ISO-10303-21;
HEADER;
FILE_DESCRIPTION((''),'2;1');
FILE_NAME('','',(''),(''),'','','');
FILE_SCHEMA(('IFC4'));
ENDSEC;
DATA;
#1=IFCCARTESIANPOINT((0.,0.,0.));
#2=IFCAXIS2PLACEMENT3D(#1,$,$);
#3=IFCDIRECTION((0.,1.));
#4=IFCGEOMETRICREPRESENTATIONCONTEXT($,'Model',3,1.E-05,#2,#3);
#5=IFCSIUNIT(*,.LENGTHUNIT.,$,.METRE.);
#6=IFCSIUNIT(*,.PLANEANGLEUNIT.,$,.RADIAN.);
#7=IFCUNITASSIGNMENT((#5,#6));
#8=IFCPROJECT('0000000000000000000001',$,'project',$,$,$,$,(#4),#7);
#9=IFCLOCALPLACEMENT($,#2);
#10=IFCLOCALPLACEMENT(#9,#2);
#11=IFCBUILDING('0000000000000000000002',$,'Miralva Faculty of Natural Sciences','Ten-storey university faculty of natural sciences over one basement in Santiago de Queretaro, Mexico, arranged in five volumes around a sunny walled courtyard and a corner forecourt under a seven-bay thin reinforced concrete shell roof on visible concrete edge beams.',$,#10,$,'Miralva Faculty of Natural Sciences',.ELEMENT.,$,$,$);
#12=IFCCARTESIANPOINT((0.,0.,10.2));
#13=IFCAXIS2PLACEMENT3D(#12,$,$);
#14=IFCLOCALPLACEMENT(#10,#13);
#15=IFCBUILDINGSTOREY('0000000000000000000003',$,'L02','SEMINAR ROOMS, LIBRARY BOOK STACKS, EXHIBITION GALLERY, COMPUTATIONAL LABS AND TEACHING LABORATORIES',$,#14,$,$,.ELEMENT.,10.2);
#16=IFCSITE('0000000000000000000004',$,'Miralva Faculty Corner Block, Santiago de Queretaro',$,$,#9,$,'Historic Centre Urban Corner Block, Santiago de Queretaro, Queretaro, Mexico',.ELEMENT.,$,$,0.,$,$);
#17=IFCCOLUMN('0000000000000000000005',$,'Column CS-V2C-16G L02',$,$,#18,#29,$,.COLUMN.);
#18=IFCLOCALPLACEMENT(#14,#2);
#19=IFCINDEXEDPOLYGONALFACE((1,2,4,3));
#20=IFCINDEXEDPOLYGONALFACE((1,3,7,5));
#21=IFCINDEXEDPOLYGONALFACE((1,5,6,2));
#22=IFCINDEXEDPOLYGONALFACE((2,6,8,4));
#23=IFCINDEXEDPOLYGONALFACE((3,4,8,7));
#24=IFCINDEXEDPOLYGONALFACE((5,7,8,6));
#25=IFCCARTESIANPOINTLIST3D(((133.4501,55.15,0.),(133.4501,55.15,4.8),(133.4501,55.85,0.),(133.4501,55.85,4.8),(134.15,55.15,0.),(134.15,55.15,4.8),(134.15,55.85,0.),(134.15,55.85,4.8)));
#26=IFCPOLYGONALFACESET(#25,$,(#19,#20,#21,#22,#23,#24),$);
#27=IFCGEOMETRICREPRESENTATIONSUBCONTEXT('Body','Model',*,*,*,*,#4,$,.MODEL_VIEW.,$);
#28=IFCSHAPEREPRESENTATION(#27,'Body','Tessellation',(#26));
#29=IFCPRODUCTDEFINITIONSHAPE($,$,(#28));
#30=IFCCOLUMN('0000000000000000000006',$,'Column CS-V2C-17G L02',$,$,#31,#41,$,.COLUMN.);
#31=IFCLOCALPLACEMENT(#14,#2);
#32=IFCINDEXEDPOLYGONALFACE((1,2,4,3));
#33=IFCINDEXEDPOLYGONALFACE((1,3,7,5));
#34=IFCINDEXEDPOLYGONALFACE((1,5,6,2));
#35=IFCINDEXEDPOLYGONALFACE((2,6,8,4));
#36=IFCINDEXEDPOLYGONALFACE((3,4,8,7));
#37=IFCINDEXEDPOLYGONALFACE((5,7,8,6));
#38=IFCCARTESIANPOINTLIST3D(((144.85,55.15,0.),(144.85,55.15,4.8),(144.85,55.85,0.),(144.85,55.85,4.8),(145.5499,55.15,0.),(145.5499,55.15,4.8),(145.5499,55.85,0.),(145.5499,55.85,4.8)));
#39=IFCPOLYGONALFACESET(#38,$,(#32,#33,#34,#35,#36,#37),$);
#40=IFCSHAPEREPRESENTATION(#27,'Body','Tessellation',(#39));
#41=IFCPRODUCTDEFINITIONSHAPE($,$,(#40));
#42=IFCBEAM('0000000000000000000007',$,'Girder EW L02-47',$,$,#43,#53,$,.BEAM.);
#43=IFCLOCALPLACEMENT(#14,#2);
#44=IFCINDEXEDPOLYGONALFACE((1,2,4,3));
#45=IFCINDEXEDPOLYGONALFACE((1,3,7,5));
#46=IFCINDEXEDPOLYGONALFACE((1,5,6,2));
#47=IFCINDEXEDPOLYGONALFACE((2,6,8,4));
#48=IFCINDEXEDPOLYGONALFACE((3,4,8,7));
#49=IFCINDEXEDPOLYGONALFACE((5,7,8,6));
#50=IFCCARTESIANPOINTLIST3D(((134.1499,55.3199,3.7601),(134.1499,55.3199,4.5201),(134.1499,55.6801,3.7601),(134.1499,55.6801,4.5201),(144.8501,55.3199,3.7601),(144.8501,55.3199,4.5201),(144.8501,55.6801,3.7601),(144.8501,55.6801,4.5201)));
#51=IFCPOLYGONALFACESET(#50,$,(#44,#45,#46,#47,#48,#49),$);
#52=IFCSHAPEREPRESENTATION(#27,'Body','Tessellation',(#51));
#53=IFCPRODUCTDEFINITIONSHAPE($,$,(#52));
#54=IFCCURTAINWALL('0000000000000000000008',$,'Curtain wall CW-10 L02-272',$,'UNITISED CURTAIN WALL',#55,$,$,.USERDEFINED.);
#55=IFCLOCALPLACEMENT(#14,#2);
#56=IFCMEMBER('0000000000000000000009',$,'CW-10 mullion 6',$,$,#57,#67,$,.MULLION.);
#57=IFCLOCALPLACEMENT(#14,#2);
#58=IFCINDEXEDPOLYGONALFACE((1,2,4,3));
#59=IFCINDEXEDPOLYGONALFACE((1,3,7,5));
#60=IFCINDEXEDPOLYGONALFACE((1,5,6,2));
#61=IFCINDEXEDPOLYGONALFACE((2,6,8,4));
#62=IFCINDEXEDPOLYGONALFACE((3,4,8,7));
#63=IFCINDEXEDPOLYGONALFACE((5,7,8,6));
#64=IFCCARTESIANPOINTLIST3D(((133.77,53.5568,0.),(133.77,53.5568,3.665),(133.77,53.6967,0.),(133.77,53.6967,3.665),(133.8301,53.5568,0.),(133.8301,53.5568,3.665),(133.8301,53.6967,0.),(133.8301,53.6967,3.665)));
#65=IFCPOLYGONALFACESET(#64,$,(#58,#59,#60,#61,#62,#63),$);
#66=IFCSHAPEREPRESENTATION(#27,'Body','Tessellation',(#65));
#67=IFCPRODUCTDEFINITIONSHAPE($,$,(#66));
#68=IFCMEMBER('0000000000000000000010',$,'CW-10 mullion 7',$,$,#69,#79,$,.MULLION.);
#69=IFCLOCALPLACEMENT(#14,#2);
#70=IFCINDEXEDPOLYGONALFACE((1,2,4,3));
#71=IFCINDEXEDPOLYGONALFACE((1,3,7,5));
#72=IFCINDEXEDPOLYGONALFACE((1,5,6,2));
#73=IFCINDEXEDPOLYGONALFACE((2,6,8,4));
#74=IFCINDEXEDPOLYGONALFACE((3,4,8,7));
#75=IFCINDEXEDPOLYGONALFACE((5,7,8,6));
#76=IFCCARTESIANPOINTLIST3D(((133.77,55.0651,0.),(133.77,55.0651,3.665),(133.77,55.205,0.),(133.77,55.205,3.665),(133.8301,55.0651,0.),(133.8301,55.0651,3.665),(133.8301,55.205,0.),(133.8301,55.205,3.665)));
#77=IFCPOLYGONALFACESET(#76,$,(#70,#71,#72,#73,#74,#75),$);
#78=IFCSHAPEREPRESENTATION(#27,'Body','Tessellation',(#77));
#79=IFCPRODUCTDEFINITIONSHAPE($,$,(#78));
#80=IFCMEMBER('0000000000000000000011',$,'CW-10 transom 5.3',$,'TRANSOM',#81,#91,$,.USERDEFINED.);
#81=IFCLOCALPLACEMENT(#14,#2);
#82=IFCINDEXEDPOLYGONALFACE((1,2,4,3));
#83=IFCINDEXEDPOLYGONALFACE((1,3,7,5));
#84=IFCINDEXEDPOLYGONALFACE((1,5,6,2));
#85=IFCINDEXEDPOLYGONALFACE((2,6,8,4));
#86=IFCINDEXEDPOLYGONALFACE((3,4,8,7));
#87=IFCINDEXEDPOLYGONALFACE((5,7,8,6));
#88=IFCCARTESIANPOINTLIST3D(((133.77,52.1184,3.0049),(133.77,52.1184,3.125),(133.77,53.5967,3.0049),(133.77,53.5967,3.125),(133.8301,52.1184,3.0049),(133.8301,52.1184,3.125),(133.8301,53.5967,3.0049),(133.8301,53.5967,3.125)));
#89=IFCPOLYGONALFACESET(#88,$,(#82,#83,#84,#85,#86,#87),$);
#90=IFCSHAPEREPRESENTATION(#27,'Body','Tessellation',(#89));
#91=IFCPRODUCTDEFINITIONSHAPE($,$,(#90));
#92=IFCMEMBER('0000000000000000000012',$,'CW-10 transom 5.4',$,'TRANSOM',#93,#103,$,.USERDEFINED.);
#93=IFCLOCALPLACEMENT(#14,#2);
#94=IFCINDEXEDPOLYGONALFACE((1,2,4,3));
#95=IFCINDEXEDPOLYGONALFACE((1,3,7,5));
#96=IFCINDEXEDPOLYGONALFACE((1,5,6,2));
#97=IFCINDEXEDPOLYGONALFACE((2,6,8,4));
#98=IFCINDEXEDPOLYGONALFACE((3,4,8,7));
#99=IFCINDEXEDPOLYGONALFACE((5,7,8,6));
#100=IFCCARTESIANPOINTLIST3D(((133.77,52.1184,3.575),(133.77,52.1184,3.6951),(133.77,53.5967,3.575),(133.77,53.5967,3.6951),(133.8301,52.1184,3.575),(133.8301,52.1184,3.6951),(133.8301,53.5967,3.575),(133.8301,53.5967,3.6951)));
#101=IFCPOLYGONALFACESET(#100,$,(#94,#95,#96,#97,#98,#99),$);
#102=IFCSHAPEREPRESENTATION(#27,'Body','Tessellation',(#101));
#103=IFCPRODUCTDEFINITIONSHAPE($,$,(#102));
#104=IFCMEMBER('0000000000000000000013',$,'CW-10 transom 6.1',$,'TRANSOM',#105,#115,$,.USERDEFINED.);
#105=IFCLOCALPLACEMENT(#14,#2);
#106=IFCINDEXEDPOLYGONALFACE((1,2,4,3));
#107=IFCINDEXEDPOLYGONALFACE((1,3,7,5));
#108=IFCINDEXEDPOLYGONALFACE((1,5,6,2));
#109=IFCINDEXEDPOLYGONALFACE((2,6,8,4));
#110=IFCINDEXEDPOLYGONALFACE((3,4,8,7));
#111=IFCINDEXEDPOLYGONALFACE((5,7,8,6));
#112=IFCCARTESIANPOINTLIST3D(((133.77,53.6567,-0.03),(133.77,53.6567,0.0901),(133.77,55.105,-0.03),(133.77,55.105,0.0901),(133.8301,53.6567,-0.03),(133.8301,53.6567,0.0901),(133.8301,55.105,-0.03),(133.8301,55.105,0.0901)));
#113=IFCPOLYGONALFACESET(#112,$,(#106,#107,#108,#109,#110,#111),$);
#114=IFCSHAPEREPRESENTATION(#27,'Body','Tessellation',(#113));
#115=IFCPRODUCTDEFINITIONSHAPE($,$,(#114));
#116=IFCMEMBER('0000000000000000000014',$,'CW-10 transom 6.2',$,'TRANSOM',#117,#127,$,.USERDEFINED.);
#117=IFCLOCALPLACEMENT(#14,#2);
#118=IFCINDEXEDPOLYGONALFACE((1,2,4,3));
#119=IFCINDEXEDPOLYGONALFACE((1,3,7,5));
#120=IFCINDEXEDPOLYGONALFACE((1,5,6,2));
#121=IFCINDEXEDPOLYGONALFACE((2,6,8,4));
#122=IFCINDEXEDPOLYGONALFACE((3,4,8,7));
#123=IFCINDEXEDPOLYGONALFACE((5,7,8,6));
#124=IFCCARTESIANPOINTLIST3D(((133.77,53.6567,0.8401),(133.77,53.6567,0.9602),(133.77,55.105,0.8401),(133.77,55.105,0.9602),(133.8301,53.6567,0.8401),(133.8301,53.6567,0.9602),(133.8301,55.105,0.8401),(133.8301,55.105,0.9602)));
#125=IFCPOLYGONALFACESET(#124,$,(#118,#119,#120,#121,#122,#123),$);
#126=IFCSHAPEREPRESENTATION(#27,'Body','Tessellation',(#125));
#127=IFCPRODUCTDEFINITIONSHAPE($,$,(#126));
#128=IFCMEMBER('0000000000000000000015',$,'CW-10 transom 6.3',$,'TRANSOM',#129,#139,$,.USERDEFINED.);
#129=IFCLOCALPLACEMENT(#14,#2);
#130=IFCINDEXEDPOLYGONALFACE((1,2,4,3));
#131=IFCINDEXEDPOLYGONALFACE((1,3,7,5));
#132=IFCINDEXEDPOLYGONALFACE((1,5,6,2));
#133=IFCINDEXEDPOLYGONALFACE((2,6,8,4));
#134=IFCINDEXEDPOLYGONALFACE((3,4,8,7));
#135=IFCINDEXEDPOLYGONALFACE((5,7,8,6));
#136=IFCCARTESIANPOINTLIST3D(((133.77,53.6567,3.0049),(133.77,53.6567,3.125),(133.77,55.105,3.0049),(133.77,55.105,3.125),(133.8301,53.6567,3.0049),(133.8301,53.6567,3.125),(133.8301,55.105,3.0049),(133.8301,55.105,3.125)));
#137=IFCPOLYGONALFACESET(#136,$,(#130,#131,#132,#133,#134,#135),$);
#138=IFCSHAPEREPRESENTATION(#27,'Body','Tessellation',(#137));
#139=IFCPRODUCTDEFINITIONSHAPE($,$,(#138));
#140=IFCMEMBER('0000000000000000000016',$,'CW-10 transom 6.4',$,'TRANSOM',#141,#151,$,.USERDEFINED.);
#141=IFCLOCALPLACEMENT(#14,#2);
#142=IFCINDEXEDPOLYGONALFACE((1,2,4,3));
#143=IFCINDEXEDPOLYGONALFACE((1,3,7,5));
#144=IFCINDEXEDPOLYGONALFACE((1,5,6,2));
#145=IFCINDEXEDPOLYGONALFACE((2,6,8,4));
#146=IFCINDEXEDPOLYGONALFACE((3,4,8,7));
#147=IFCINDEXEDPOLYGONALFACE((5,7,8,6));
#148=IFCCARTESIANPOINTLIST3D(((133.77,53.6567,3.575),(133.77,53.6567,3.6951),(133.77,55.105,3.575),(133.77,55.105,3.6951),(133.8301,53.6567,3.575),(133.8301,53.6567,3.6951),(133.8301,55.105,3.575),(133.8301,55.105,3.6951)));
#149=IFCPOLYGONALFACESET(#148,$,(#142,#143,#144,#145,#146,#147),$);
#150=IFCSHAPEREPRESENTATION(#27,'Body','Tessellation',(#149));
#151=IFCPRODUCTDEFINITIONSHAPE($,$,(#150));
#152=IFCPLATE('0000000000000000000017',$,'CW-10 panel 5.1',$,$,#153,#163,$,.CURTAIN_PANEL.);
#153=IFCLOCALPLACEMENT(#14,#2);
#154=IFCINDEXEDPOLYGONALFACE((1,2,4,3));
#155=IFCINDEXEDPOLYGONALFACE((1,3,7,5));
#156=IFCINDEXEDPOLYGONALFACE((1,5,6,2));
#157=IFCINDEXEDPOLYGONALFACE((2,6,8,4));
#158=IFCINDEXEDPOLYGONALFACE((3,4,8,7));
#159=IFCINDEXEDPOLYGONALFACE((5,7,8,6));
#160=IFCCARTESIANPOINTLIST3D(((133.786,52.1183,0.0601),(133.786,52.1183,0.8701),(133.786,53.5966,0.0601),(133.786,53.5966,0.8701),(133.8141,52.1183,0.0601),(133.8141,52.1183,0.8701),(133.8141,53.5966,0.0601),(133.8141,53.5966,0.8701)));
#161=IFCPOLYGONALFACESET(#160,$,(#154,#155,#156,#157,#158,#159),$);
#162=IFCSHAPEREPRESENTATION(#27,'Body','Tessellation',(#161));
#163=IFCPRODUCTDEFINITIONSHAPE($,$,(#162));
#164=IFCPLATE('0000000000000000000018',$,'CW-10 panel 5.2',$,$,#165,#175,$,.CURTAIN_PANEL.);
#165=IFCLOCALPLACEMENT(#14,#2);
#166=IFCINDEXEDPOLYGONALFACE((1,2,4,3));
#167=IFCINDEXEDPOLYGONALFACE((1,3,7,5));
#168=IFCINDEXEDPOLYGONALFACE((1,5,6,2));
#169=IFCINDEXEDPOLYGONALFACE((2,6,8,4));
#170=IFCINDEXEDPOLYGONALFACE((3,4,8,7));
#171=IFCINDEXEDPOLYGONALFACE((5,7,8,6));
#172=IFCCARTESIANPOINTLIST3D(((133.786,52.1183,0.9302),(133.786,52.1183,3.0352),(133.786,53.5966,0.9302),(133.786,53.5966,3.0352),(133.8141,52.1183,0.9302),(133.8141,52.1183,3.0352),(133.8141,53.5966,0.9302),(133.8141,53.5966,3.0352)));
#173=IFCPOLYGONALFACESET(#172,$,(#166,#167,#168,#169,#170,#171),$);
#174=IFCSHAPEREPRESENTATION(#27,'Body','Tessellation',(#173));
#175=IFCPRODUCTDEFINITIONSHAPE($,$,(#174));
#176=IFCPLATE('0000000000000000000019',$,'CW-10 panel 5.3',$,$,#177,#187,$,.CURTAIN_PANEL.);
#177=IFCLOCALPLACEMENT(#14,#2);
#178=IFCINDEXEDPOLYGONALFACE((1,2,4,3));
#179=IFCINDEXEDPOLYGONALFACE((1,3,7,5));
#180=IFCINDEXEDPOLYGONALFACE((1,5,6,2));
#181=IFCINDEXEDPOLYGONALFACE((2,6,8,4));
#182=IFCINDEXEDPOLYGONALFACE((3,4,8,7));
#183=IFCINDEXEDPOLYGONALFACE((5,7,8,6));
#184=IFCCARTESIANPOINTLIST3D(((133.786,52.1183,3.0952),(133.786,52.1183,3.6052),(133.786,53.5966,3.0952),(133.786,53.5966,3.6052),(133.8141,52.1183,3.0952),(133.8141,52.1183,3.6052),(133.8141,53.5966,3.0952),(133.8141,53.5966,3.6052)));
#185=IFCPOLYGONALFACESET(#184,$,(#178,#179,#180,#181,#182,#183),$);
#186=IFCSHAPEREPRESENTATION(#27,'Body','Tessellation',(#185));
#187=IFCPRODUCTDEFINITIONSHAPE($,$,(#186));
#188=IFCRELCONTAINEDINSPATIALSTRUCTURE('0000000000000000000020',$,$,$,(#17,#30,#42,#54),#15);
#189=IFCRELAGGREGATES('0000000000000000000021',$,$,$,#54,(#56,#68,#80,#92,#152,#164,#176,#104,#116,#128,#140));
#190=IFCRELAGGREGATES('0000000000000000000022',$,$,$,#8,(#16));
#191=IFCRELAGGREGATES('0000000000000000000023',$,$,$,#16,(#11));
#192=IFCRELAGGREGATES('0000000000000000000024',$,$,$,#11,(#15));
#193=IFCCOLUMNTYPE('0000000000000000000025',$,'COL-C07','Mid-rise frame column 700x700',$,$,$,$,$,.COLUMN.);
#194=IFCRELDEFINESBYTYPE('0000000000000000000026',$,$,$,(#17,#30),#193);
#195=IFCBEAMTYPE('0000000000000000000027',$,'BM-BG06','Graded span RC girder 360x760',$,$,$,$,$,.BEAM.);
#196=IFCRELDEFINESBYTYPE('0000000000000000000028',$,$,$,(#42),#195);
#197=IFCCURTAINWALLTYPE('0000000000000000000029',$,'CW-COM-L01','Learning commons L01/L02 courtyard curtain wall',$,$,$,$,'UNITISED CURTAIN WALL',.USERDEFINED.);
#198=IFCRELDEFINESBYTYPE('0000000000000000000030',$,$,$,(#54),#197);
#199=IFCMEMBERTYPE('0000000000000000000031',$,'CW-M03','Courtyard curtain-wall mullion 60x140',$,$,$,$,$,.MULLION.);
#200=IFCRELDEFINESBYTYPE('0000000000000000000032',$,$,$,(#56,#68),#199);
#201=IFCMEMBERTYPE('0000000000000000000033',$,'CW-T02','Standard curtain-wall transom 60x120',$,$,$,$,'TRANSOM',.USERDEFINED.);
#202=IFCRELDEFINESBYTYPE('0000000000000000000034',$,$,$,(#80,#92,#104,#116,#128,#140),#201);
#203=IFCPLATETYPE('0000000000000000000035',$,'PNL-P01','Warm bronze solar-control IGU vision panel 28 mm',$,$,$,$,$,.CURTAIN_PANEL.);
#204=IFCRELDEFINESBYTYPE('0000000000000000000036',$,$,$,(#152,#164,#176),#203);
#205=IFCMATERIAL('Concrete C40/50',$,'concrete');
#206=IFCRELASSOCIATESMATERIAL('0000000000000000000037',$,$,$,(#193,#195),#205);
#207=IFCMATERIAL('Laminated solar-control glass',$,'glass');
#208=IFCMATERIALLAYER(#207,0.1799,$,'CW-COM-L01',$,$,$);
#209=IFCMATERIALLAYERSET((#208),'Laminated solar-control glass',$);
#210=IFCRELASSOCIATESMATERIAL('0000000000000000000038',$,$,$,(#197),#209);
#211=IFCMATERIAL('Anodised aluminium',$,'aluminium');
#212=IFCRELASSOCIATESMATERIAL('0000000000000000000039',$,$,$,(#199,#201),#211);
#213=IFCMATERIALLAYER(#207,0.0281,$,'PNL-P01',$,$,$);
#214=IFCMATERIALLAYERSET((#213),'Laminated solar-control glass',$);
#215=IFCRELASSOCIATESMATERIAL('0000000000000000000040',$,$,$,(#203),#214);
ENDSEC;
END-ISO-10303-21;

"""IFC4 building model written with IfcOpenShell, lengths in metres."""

from ifc_helpers import new_model, si_unit, direction, frame, origin, origin_2d, place, context, subcontext, project, spatial, rectangle, extrude, material, layer, layer_set, material_profile, profile_set, type_object, element, aggregate, save


model = new_model("IFC4")

# Units and contexts
model_context = context("Model", 3, precision=1e-05, world=origin(), true_north=direction((0.0, 1.0)))
body_context = subcontext(model_context, "Body", "Model", "MODEL_VIEW")
ifc_project = project(units=[si_unit("LENGTHUNIT", "METRE"), si_unit("PLANEANGLEUNIT", "RADIAN")], contexts=[model_context])

# Site, building, storey
site_placement = place(None, origin())
site = spatial("IfcSite", under=ifc_project, at=site_placement, Name="Miralva Faculty Corner Block, Santiago de Queretaro", LongName="Historic Centre Urban Corner Block, Santiago de Queretaro, Queretaro, Mexico", CompositionType="ELEMENT", RefElevation=0.0)
building_placement = place(site_placement, origin())
building = spatial("IfcBuilding", under=site, at=building_placement, Name="Miralva Faculty of Natural Sciences", Description="Ten-storey university faculty of natural sciences over one basement in Santiago de Queretaro, Mexico, arranged in five volumes around a sunny walled courtyard and a corner forecourt under a seven-bay thin reinforced concrete shell roof on visible concrete edge beams.", LongName="Miralva Faculty of Natural Sciences", CompositionType="ELEMENT")
storey_placement = place(building_placement, frame((0.0, 0.0, 10.2)))
storey = spatial("IfcBuildingStorey", under=building, at=storey_placement, Name="L02", Description="SEMINAR ROOMS, LIBRARY BOOK STACKS, EXHIBITION GALLERY, COMPUTATIONAL LABS AND TEACHING LABORATORIES", CompositionType="ELEMENT", Elevation=10.2)

# Columns
ifc_material_1 = material(Name="Concrete C40/50", Category="concrete")
ifc_material_profile_1 = material_profile(ifc_material_1, rectangle(XDim=0.7, YDim=0.7, at=origin_2d()), Name="RC 700x700")
ifc_profile_set_1 = profile_set([ifc_material_profile_1], Name="Concrete C40/50")
column_type = type_object("IfcColumnType", Name="COL-C07", Description="Mid-rise frame column 700x700", PredefinedType="COLUMN", material=ifc_profile_set_1)
for number, where, z_axis, x_axis, name in (
    (1, (133.8, 55.5, 0.0), (0.0, 0.0, 1.0), (1.0, 0.0, 0.0), "Column CS-V2C-16G L02"),
    (2, (145.2, 55.5, 0.0), (0.0, 0.0, 1.0), (1.0, 0.0, 0.0), "Column CS-V2C-17G L02"),
):
    element("IfcColumn", number, at=place(storey_placement, frame(where, z_axis=z_axis, x_axis=x_axis)), inside=storey, type_object=column_type, Name=name, PredefinedType="COLUMN", context=body_context, shape_type="SweptSolid", body=[
        extrude(rectangle(XDim=0.7, YDim=0.7, at=origin_2d()), origin(), (0.0, 0.0, 1.0), 4.8),
    ])

# Beam
ifc_material_profile_2 = material_profile(ifc_material_1, rectangle(XDim=0.3601, YDim=0.76, at=origin_2d()), Name="RC 360x760")
ifc_profile_set_2 = profile_set([ifc_material_profile_2], Name="Concrete C40/50")
beam_type = type_object("IfcBeamType", Name="BM-BG06", Description="Graded span RC girder 360x760", PredefinedType="BEAM", material=ifc_profile_set_2)
beam_placement = place(storey_placement, frame((134.1499, 55.5, 4.1401), z_axis=(1.0, 0.0, 0.0), x_axis=(0.0, 1.0, 0.0)))
element("IfcBeam", 3, at=beam_placement, inside=storey, type_object=beam_type, Name="Girder EW L02-47", PredefinedType="BEAM", context=body_context, shape_type="SweptSolid", body=[
    extrude(rectangle(XDim=0.3601, YDim=0.76, at=origin_2d()), origin(), (0.0, 0.0, 1.0), 10.7002),
])

# Curtain wall, members, plates
ifc_material_2 = material(Name="Laminated solar-control glass", Category="glass")
ifc_layer_1 = layer(ifc_material_2, 0.1799, Name="CW-COM-L01")
ifc_layer_set_1 = layer_set([ifc_layer_1], Name="Laminated solar-control glass")
curtain_wall_type = type_object("IfcCurtainWallType", Name="CW-COM-L01", Description="Learning commons L01/L02 courtyard curtain wall", ElementType="UNITISED CURTAIN WALL", PredefinedType="USERDEFINED", material=ifc_layer_set_1)
curtain_wall_placement = place(storey_placement, origin())
curtain_wall = element("IfcCurtainWall", 4, at=curtain_wall_placement, inside=storey, type_object=curtain_wall_type, Name="Curtain wall CW-10 L02-272", ObjectType="UNITISED CURTAIN WALL", PredefinedType="USERDEFINED")
ifc_material_3 = material(Name="Anodised aluminium", Category="aluminium")
ifc_material_profile_3 = material_profile(ifc_material_3, rectangle(XDim=0.0601, YDim=0.1399, at=origin_2d()), Name="MULLION 60x140")
ifc_profile_set_3 = profile_set([ifc_material_profile_3], Name="Anodised aluminium")
member_type_1 = type_object("IfcMemberType", Name="CW-M03", Description="Courtyard curtain-wall mullion 60x140", PredefinedType="MULLION", material=ifc_profile_set_3)
member_1_placement = place(storey_placement, frame((133.8, 53.6267, 0.0), z_axis=(0.0, 0.0, 1.0), x_axis=(-1.0, 0.0, 0.0)))
member_1 = element("IfcMember", 5, at=member_1_placement, type_object=member_type_1, Name="CW-10 mullion 6", PredefinedType="MULLION", context=body_context, shape_type="SweptSolid", body=[
    extrude(rectangle(XDim=0.0601, YDim=0.1399, at=origin_2d()), origin(), (0.0, 0.0, 1.0), 3.665),
])
member_2_placement = place(storey_placement, frame((133.8, 55.135, 0.0), z_axis=(0.0, 0.0, 1.0), x_axis=(-1.0, 0.0, 0.0)))
member_2 = element("IfcMember", 6, at=member_2_placement, type_object=member_type_1, Name="CW-10 mullion 7", PredefinedType="MULLION", context=body_context, shape_type="SweptSolid", body=[
    extrude(rectangle(XDim=0.0601, YDim=0.1399, at=origin_2d()), origin(), (0.0, 0.0, 1.0), 3.665),
])
ifc_material_profile_4 = material_profile(ifc_material_3, rectangle(XDim=0.0601, YDim=0.1201, at=origin_2d()), Name="TRANSOM 60x120")
ifc_profile_set_4 = profile_set([ifc_material_profile_4], Name="Anodised aluminium")
member_type_2 = type_object("IfcMemberType", Name="CW-T02", Description="Standard curtain-wall transom 60x120", ElementType="TRANSOM", PredefinedType="USERDEFINED", material=ifc_profile_set_4)
member_3_placement = place(storey_placement, frame((133.8, 52.1184, 3.0649), z_axis=(0.0, 1.0, 0.0), x_axis=(-1.0, 0.0, 0.0)))
member_3 = element("IfcMember", 7, at=member_3_placement, type_object=member_type_2, Name="CW-10 transom 5.3", ObjectType="TRANSOM", PredefinedType="USERDEFINED", context=body_context, shape_type="SweptSolid", body=[
    extrude(rectangle(XDim=0.0601, YDim=0.1201, at=origin_2d()), origin(), (0.0, 0.0, 1.0), 1.4783),
])
member_4_placement = place(storey_placement, frame((133.8, 52.1184, 3.635), z_axis=(0.0, 1.0, 0.0), x_axis=(-1.0, 0.0, 0.0)))
member_4 = element("IfcMember", 8, at=member_4_placement, type_object=member_type_2, Name="CW-10 transom 5.4", ObjectType="TRANSOM", PredefinedType="USERDEFINED", context=body_context, shape_type="SweptSolid", body=[
    extrude(rectangle(XDim=0.0601, YDim=0.1201, at=origin_2d()), origin(), (0.0, 0.0, 1.0), 1.4783),
])
member_5_placement = place(storey_placement, frame((133.8, 53.6567, 0.03), z_axis=(0.0, 1.0, 0.0), x_axis=(-1.0, 0.0, 0.0)))
member_5 = element("IfcMember", 9, at=member_5_placement, type_object=member_type_2, Name="CW-10 transom 6.1", ObjectType="TRANSOM", PredefinedType="USERDEFINED", context=body_context, shape_type="SweptSolid", body=[
    extrude(rectangle(XDim=0.0601, YDim=0.1201, at=origin_2d()), origin(), (0.0, 0.0, 1.0), 1.4482),
])
member_6_placement = place(storey_placement, frame((133.8, 53.6567, 0.9001), z_axis=(0.0, 1.0, 0.0), x_axis=(-1.0, 0.0, 0.0)))
member_6 = element("IfcMember", 10, at=member_6_placement, type_object=member_type_2, Name="CW-10 transom 6.2", ObjectType="TRANSOM", PredefinedType="USERDEFINED", context=body_context, shape_type="SweptSolid", body=[
    extrude(rectangle(XDim=0.0601, YDim=0.1201, at=origin_2d()), origin(), (0.0, 0.0, 1.0), 1.4482),
])
member_7_placement = place(storey_placement, frame((133.8, 53.6567, 3.0649), z_axis=(0.0, 1.0, 0.0), x_axis=(-1.0, 0.0, 0.0)))
member_7 = element("IfcMember", 11, at=member_7_placement, type_object=member_type_2, Name="CW-10 transom 6.3", ObjectType="TRANSOM", PredefinedType="USERDEFINED", context=body_context, shape_type="SweptSolid", body=[
    extrude(rectangle(XDim=0.0601, YDim=0.1201, at=origin_2d()), origin(), (0.0, 0.0, 1.0), 1.4482),
])
member_8_placement = place(storey_placement, frame((133.8, 53.6567, 3.635), z_axis=(0.0, 1.0, 0.0), x_axis=(-1.0, 0.0, 0.0)))
member_8 = element("IfcMember", 12, at=member_8_placement, type_object=member_type_2, Name="CW-10 transom 6.4", ObjectType="TRANSOM", PredefinedType="USERDEFINED", context=body_context, shape_type="SweptSolid", body=[
    extrude(rectangle(XDim=0.0601, YDim=0.1201, at=origin_2d()), origin(), (0.0, 0.0, 1.0), 1.4482),
])
ifc_layer_2 = layer(ifc_material_2, 0.0281, Name="PNL-P01")
ifc_layer_set_2 = layer_set([ifc_layer_2], Name="Laminated solar-control glass")
plate_type = type_object("IfcPlateType", Name="PNL-P01", Description="Warm bronze solar-control IGU vision panel 28 mm", PredefinedType="CURTAIN_PANEL", material=ifc_layer_set_2)
plate_1_placement = place(storey_placement, frame((133.8, 52.8574, 0.0601), z_axis=(0.0, 0.0, 1.0), x_axis=(0.0, 1.0, 0.0)))
plate_1 = element("IfcPlate", 13, at=plate_1_placement, type_object=plate_type, Name="CW-10 panel 5.1", PredefinedType="CURTAIN_PANEL", context=body_context, shape_type="SweptSolid", body=[
    extrude(rectangle(XDim=1.4783, YDim=0.0281, at=origin_2d()), origin(), (0.0, 0.0, 1.0), 0.8101),
])
plate_2_placement = place(storey_placement, frame((133.8, 52.8574, 0.9302), z_axis=(0.0, 0.0, 1.0), x_axis=(0.0, 1.0, 0.0)))
plate_2 = element("IfcPlate", 14, at=plate_2_placement, type_object=plate_type, Name="CW-10 panel 5.2", PredefinedType="CURTAIN_PANEL", context=body_context, shape_type="SweptSolid", body=[
    extrude(rectangle(XDim=1.4783, YDim=0.0281, at=origin_2d()), origin(), (0.0, 0.0, 1.0), 2.105),
])
plate_3_placement = place(storey_placement, frame((133.8, 52.8574, 3.0952), z_axis=(0.0, 0.0, 1.0), x_axis=(0.0, 1.0, 0.0)))
plate_3 = element("IfcPlate", 15, at=plate_3_placement, type_object=plate_type, Name="CW-10 panel 5.3", PredefinedType="CURTAIN_PANEL", context=body_context, shape_type="SweptSolid", body=[
    extrude(rectangle(XDim=1.4783, YDim=0.0281, at=origin_2d()), origin(), (0.0, 0.0, 1.0), 0.51),
])
aggregate(curtain_wall, [member_1, member_2, member_3, member_4, plate_1, plate_2, plate_3, member_5, member_6, member_7, member_8])

save(model, "model.ifc")
